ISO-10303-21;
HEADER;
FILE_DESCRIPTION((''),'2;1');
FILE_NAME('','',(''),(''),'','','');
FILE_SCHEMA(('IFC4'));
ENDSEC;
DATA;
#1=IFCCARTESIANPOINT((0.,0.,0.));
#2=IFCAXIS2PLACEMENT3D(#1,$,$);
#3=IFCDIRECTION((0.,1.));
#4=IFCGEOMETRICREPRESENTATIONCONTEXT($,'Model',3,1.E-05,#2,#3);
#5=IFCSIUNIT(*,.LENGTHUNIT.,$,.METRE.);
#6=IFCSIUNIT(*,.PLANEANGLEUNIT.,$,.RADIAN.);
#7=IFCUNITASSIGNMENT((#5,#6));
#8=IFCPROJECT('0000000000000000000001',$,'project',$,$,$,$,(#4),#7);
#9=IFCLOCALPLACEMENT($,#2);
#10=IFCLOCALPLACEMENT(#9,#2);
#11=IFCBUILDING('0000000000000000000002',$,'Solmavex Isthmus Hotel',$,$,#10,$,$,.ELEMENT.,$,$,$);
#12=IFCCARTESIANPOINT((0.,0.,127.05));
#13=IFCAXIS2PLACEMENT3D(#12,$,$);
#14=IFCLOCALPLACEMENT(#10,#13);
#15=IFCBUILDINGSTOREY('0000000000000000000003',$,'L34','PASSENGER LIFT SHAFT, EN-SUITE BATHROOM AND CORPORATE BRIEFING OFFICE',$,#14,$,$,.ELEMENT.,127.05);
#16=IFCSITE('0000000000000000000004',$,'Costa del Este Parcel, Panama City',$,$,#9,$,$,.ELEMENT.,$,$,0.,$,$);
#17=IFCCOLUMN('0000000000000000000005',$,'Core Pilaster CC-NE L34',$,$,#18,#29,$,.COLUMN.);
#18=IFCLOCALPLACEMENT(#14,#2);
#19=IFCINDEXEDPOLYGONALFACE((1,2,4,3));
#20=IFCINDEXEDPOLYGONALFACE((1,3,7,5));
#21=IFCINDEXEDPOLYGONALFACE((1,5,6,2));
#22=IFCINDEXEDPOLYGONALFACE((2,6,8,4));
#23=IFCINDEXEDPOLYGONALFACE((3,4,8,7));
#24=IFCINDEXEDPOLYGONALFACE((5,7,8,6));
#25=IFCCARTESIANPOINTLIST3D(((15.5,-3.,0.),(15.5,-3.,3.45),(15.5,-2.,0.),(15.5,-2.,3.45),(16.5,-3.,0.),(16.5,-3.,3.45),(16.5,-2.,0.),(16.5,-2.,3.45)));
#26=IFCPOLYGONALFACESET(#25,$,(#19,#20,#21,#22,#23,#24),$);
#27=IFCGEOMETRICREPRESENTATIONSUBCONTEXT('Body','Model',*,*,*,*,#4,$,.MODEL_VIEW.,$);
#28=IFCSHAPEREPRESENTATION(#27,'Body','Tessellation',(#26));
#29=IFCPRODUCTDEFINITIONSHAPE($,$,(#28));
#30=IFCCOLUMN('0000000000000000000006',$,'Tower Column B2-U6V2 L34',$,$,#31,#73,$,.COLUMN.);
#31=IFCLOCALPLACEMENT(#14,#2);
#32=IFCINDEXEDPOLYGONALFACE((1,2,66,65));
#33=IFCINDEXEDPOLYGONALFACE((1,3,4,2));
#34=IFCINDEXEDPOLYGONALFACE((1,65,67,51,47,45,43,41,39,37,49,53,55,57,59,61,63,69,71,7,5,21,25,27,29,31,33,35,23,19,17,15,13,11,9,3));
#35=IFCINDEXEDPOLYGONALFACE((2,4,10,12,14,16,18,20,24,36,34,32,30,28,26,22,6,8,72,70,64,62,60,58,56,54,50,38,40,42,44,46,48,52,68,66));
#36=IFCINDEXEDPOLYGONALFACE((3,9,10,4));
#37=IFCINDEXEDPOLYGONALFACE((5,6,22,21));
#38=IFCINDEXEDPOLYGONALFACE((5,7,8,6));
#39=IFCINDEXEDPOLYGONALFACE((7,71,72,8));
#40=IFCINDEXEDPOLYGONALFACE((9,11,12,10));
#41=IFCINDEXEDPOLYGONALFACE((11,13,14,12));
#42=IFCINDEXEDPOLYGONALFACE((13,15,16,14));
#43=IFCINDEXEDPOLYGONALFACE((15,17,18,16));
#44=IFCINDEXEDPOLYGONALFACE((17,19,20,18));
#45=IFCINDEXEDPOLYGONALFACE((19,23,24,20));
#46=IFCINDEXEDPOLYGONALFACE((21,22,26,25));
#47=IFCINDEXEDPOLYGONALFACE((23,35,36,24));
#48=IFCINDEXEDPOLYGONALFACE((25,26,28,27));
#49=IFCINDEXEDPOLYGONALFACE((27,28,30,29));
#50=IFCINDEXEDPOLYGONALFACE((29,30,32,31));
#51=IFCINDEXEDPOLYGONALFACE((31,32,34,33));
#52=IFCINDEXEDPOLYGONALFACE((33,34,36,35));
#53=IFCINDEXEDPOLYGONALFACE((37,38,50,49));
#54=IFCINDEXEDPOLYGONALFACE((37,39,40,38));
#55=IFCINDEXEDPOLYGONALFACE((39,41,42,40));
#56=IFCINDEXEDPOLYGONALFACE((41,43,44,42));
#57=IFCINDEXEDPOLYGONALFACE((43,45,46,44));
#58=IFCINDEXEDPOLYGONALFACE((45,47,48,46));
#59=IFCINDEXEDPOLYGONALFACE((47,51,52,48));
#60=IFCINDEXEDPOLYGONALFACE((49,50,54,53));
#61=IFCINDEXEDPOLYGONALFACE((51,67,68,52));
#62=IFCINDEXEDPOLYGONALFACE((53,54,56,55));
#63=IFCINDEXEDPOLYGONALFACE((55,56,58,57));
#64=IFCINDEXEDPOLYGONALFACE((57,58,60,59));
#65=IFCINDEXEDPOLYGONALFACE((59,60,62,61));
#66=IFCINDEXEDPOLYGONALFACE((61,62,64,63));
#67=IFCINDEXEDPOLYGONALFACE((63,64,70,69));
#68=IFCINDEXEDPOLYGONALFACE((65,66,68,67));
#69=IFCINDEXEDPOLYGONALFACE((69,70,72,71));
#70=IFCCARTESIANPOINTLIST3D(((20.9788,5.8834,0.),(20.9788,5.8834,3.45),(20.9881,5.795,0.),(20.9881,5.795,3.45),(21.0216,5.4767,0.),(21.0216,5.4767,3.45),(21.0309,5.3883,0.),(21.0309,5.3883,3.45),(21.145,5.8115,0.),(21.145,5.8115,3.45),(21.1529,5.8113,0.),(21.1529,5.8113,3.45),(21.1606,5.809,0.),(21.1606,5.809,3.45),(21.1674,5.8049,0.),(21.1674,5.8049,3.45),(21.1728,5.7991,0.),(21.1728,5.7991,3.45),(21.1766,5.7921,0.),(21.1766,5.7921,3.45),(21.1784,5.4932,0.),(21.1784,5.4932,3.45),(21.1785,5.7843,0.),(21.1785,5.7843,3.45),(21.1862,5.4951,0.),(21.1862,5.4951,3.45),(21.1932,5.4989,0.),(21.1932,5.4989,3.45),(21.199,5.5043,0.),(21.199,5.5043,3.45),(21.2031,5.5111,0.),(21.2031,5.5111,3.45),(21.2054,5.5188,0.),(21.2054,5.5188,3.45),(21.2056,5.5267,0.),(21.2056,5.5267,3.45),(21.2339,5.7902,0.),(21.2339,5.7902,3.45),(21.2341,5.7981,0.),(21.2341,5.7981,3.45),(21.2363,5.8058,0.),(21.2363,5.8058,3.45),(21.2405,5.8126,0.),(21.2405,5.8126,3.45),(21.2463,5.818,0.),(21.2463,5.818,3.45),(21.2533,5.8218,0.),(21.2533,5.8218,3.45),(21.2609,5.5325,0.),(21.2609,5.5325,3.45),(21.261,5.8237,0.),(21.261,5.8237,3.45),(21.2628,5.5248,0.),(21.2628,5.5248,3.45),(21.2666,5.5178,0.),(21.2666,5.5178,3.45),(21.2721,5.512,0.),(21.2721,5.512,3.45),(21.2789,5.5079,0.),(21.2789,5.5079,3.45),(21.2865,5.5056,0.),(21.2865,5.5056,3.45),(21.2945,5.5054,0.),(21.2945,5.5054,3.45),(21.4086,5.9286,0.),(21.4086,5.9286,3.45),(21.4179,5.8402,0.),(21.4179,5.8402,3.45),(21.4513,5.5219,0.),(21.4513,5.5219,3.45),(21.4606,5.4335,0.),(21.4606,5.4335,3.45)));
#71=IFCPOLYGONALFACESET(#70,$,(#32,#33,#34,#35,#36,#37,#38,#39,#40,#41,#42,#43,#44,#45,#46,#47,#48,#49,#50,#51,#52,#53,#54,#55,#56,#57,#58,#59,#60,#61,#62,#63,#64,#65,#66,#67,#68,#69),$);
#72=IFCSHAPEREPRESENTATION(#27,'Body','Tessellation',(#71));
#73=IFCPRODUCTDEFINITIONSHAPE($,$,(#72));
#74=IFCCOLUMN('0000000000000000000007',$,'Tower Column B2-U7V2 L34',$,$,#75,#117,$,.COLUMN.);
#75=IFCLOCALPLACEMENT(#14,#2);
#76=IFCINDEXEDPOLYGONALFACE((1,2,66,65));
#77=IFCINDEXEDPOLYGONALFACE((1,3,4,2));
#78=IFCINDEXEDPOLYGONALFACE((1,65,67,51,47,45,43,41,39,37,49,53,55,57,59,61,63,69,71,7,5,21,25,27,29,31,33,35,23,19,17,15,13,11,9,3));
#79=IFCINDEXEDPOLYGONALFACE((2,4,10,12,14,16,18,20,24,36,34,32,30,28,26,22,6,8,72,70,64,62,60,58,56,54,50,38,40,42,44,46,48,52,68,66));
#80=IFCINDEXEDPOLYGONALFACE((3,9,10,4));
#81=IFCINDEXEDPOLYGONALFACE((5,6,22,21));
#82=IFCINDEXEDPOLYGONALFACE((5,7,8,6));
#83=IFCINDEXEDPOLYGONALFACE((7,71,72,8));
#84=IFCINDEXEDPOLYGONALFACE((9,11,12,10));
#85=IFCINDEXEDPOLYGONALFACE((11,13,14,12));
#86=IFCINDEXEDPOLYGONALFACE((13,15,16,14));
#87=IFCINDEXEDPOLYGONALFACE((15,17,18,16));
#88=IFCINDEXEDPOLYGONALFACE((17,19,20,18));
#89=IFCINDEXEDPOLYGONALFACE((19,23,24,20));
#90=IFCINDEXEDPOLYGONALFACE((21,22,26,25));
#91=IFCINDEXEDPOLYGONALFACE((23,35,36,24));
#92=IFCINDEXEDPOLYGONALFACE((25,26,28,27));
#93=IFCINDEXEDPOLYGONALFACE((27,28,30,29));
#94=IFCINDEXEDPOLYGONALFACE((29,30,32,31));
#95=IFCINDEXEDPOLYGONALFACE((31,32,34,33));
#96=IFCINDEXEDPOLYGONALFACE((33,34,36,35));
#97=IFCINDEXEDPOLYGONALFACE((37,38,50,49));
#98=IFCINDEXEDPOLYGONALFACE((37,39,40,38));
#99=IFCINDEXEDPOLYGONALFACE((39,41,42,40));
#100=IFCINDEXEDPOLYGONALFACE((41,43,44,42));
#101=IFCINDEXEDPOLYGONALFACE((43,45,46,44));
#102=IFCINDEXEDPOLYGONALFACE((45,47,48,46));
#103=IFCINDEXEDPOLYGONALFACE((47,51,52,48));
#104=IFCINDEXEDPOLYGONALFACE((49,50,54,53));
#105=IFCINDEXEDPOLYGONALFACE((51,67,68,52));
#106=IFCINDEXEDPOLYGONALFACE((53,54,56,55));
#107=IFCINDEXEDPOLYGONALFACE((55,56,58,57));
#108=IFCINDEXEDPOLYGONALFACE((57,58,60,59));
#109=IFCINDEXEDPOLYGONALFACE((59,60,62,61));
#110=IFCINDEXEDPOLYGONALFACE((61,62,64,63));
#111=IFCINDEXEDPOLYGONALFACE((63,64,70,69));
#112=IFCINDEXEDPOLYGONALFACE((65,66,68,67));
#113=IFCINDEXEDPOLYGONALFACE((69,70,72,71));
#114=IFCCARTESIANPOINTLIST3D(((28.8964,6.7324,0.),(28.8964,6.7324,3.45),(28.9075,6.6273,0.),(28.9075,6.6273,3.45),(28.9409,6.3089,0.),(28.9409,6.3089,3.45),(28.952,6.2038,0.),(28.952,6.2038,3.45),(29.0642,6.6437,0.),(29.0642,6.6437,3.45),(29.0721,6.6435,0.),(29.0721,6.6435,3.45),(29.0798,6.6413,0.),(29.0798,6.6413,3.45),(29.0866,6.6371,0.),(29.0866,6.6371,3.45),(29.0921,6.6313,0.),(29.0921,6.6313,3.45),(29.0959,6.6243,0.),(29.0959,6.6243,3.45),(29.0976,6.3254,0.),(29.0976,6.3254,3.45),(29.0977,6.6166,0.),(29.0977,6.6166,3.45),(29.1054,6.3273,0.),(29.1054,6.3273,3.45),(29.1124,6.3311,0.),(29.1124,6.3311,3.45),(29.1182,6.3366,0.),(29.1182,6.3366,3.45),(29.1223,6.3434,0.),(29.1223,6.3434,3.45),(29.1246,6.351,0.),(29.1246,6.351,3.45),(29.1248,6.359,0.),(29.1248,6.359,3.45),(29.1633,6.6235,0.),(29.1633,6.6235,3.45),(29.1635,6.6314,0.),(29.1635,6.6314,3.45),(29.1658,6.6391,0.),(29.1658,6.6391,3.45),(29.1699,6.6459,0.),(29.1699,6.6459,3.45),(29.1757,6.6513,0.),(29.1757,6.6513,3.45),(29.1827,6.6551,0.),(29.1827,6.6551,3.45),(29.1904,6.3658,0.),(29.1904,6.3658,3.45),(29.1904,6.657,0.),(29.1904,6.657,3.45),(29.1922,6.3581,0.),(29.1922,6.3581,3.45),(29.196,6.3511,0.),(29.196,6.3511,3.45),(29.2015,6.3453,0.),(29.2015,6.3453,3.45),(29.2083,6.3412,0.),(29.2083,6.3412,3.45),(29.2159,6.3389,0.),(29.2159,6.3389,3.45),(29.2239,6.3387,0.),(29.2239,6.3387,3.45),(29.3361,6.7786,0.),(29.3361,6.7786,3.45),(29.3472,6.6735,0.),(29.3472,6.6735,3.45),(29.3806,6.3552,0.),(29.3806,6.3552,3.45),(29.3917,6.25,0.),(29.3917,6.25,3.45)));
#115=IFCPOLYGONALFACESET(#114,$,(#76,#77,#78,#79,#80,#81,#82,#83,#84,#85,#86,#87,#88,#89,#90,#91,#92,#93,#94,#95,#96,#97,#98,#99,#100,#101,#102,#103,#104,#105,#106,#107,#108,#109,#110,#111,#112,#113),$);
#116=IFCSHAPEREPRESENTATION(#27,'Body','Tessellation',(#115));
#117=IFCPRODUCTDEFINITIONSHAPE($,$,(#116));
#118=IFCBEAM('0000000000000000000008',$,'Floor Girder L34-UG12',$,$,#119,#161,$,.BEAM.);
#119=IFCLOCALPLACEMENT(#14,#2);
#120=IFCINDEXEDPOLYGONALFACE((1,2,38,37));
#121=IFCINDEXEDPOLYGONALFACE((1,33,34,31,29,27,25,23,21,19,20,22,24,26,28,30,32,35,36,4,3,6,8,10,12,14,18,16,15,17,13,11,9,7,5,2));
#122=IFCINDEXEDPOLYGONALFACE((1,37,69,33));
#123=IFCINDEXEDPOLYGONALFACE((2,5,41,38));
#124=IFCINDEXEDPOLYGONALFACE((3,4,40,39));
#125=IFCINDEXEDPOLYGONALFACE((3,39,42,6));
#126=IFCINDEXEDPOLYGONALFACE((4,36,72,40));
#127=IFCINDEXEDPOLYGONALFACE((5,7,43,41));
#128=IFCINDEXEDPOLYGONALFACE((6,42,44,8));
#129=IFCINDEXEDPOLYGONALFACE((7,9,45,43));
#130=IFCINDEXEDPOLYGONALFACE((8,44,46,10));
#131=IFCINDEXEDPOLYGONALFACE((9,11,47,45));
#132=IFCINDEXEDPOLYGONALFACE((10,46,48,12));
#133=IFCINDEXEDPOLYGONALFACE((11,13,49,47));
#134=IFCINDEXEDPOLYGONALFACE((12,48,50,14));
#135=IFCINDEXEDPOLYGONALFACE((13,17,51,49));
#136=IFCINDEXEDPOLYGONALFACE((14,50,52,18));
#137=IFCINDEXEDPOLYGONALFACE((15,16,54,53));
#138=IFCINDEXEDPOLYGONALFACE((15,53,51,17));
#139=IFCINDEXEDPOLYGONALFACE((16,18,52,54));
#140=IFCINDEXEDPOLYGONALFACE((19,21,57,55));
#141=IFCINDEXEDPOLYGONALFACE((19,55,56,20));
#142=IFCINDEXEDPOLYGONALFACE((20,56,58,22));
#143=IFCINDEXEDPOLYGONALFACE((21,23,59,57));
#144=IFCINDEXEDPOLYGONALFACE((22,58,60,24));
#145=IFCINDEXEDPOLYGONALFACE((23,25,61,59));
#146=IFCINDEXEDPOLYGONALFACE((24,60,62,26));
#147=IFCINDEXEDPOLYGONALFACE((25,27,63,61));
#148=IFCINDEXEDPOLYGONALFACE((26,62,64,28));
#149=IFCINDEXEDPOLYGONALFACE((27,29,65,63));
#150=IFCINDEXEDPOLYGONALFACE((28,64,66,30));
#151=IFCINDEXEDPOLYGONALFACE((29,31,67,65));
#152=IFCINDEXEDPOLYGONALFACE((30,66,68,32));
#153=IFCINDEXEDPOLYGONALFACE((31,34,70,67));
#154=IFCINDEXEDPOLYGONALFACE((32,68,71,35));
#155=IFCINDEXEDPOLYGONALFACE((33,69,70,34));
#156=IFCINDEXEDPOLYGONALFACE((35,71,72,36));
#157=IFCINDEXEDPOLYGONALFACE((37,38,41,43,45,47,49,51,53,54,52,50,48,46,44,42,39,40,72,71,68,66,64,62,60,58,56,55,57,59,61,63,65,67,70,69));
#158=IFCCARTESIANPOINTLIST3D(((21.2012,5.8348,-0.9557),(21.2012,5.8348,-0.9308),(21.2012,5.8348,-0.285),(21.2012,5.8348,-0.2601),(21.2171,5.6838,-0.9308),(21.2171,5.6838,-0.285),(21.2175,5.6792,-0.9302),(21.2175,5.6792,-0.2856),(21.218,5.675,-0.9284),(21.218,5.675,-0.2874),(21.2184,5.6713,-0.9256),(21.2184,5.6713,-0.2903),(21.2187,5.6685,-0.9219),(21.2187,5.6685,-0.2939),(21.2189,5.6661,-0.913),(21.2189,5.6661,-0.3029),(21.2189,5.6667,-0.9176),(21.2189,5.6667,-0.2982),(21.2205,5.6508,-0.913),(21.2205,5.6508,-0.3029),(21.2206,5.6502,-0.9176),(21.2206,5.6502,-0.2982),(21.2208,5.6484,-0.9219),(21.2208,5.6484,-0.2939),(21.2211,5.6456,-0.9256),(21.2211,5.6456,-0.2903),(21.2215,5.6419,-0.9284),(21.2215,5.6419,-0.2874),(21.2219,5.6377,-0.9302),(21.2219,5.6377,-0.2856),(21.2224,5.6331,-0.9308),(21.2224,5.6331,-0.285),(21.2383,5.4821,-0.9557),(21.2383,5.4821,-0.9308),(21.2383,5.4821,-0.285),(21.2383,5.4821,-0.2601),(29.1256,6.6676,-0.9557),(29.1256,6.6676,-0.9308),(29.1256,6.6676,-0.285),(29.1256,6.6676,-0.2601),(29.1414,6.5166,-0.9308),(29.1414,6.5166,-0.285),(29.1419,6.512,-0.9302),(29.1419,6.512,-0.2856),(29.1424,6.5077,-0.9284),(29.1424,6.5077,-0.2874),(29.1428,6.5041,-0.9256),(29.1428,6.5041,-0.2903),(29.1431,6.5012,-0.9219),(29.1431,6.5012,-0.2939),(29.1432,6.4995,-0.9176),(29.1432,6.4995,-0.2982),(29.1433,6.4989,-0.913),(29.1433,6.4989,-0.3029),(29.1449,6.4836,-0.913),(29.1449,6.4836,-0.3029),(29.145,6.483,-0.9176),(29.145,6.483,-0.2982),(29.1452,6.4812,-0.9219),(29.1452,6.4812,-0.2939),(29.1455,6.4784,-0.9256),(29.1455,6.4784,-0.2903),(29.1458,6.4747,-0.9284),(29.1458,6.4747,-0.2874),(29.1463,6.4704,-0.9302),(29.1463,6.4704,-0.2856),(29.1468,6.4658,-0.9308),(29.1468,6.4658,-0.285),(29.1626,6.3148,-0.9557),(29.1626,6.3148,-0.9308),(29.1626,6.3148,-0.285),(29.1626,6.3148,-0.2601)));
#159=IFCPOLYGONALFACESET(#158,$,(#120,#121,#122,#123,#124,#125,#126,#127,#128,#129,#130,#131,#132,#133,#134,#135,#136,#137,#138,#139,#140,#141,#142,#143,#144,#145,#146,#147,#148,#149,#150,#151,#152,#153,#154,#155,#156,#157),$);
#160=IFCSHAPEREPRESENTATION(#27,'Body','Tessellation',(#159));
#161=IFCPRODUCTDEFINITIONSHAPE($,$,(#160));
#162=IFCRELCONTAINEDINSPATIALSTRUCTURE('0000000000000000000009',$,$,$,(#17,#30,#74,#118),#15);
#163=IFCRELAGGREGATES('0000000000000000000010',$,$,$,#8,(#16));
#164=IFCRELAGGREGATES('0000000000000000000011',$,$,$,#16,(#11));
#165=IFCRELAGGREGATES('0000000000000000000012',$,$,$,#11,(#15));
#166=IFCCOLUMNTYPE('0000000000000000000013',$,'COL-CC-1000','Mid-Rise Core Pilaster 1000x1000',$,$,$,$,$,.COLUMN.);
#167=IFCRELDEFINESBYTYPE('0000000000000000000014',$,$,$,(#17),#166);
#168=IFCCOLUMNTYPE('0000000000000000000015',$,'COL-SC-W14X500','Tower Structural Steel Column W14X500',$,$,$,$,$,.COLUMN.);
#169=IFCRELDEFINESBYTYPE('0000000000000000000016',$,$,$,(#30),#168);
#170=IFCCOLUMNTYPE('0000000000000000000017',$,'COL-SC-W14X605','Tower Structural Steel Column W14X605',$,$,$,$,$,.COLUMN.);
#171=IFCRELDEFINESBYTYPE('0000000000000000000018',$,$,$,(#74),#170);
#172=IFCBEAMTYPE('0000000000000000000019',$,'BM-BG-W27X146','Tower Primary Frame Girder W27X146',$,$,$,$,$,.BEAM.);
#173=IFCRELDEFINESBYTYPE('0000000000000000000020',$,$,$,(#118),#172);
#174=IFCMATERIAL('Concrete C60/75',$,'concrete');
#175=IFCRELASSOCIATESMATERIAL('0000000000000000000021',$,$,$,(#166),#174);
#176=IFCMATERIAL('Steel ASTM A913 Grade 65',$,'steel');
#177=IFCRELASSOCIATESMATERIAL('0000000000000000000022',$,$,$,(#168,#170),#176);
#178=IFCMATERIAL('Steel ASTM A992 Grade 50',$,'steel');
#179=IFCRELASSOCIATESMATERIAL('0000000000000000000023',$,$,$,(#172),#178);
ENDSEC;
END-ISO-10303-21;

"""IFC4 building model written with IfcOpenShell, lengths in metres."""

from ifc_helpers import new_model, si_unit, direction, frame, origin, origin_2d, place, context, subcontext, project, spatial, rectangle, i_section, extrude, material, material_profile, profile_set, type_object, element, save


model = new_model("IFC4")

# Units and contexts
model_context = context("Model", 3, precision=1e-05, world=origin(), true_north=direction((0.0, 1.0)))
body_context = subcontext(model_context, "Body", "Model", "MODEL_VIEW")
ifc_project = project(units=[si_unit("LENGTHUNIT", "METRE"), si_unit("PLANEANGLEUNIT", "RADIAN")], contexts=[model_context])

# Site, building, storey
site_placement = place(None, origin())
site = spatial("IfcSite", under=ifc_project, at=site_placement, Name="Costa del Este Parcel, Panama City", CompositionType="ELEMENT", RefElevation=0.0)
building_placement = place(site_placement, origin())
building = spatial("IfcBuilding", under=site, at=building_placement, Name="Solmavex Isthmus Hotel", CompositionType="ELEMENT")
storey_placement = place(building_placement, frame((0.0, 0.0, 127.05)))
storey = spatial("IfcBuildingStorey", under=building, at=storey_placement, Name="L34", Description="PASSENGER LIFT SHAFT, EN-SUITE BATHROOM AND CORPORATE BRIEFING OFFICE", CompositionType="ELEMENT", Elevation=127.05)

# Columns
ifc_material_1 = material(Name="Concrete C60/75", Category="concrete")
ifc_material_profile_1 = material_profile(ifc_material_1, rectangle(XDim=1.0, YDim=1.0, at=origin_2d()), Name="RC1000X1000")
ifc_profile_set_1 = profile_set([ifc_material_profile_1], Name="Concrete C60/75")
column_type_1 = type_object("IfcColumnType", Name="COL-CC-1000", Description="Mid-Rise Core Pilaster 1000x1000", PredefinedType="COLUMN", material=ifc_profile_set_1)
column_1_placement = place(storey_placement, frame((16.0, -2.5, 0.0), z_axis=(0.0, 0.0, 1.0), x_axis=(1.0, 0.0, 0.0)))
element("IfcColumn", 1, at=column_1_placement, inside=storey, type_object=column_type_1, Name="Core Pilaster CC-NE L34", PredefinedType="COLUMN", context=body_context, shape_type="SweptSolid", body=[
    extrude(rectangle(XDim=1.0, YDim=1.0, at=origin_2d()), origin(), (0.0, 0.0, 1.0), 3.45),
])
ifc_material_2 = material(Name="Steel ASTM A913 Grade 65", Category="steel")
ifc_material_profile_2 = material_profile(ifc_material_2, i_section(OverallWidth=0.4321, OverallDepth=0.4978, WebThickness=0.0557, FlangeThickness=0.0889, FilletRadius=0.0305, at=origin_2d()), Name="W14X500")
ifc_profile_set_2 = profile_set([ifc_material_profile_2], Name="Steel ASTM A913 Grade 65")
column_type_2 = type_object("IfcColumnType", Name="COL-SC-W14X500", Description="Tower Structural Steel Column W14X500", PredefinedType="COLUMN", material=ifc_profile_set_2)
column_2_placement = place(storey_placement, frame((21.2197, 5.6584, 0.0), z_axis=(0.0, 0.0, 1.0), x_axis=(0.994522, 0.104528, 0.0)))
element("IfcColumn", 2, at=column_2_placement, inside=storey, type_object=column_type_2, Name="Tower Column B2-U6V2 L34", PredefinedType="COLUMN", context=body_context, shape_type="SweptSolid", body=[
    extrude(i_section(OverallWidth=0.4321, OverallDepth=0.4978, WebThickness=0.0557, FlangeThickness=0.0889, FilletRadius=0.0305, at=origin_2d()), origin(), (0.0, 0.0, 1.0), 3.45),
])
ifc_material_profile_3 = material_profile(ifc_material_2, i_section(OverallWidth=0.4421, OverallDepth=0.5315, WebThickness=0.0659, FlangeThickness=0.1057, FilletRadius=0.0305, at=origin_2d()), Name="W14X605")
ifc_profile_set_3 = profile_set([ifc_material_profile_3], Name="Steel ASTM A913 Grade 65")
column_type_3 = type_object("IfcColumnType", Name="COL-SC-W14X605", Description="Tower Structural Steel Column W14X605", PredefinedType="COLUMN", material=ifc_profile_set_3)
column_3_placement = place(storey_placement, frame((29.144, 6.4912, 0.0), z_axis=(0.0, 0.0, 1.0), x_axis=(0.994522, 0.104528, 0.0)))
element("IfcColumn", 3, at=column_3_placement, inside=storey, type_object=column_type_3, Name="Tower Column B2-U7V2 L34", PredefinedType="COLUMN", context=body_context, shape_type="SweptSolid", body=[
    extrude(i_section(OverallWidth=0.4421, OverallDepth=0.5315, WebThickness=0.0659, FlangeThickness=0.1057, FilletRadius=0.0305, at=origin_2d()), origin(), (0.0, 0.0, 1.0), 3.45),
])

# Beam
ifc_material_3 = material(Name="Steel ASTM A992 Grade 50", Category="steel")
ifc_material_profile_4 = material_profile(ifc_material_3, i_section(OverallWidth=0.3547, OverallDepth=0.6956, WebThickness=0.0154, FlangeThickness=0.0249, FilletRadius=0.0178, at=origin_2d()), Name="W27X146")
ifc_profile_set_4 = profile_set([ifc_material_profile_4], Name="Steel ASTM A992 Grade 50")
beam_type_1 = type_object("IfcBeamType", Name="BM-BG-W27X146", Description="Tower Primary Frame Girder W27X146", PredefinedType="BEAM", material=ifc_profile_set_4)
beam_1_placement = place(storey_placement, frame((21.2197, 5.6584, -0.6079), z_axis=(0.994523, 0.104514, 0.0), x_axis=(-0.104514, 0.994523, 0.0)))
element("IfcBeam", 4, at=beam_1_placement, inside=storey, type_object=beam_type_1, Name="Floor Girder L34-UG12", PredefinedType="BEAM", context=body_context, shape_type="SweptSolid", body=[
    extrude(i_section(OverallWidth=0.3547, OverallDepth=0.6956, WebThickness=0.0154, FlangeThickness=0.0249, FilletRadius=0.0178, at=origin_2d()), origin(), (0.0, 0.0, 1.0), 7.968),
])

save(model, "model.ifc")
